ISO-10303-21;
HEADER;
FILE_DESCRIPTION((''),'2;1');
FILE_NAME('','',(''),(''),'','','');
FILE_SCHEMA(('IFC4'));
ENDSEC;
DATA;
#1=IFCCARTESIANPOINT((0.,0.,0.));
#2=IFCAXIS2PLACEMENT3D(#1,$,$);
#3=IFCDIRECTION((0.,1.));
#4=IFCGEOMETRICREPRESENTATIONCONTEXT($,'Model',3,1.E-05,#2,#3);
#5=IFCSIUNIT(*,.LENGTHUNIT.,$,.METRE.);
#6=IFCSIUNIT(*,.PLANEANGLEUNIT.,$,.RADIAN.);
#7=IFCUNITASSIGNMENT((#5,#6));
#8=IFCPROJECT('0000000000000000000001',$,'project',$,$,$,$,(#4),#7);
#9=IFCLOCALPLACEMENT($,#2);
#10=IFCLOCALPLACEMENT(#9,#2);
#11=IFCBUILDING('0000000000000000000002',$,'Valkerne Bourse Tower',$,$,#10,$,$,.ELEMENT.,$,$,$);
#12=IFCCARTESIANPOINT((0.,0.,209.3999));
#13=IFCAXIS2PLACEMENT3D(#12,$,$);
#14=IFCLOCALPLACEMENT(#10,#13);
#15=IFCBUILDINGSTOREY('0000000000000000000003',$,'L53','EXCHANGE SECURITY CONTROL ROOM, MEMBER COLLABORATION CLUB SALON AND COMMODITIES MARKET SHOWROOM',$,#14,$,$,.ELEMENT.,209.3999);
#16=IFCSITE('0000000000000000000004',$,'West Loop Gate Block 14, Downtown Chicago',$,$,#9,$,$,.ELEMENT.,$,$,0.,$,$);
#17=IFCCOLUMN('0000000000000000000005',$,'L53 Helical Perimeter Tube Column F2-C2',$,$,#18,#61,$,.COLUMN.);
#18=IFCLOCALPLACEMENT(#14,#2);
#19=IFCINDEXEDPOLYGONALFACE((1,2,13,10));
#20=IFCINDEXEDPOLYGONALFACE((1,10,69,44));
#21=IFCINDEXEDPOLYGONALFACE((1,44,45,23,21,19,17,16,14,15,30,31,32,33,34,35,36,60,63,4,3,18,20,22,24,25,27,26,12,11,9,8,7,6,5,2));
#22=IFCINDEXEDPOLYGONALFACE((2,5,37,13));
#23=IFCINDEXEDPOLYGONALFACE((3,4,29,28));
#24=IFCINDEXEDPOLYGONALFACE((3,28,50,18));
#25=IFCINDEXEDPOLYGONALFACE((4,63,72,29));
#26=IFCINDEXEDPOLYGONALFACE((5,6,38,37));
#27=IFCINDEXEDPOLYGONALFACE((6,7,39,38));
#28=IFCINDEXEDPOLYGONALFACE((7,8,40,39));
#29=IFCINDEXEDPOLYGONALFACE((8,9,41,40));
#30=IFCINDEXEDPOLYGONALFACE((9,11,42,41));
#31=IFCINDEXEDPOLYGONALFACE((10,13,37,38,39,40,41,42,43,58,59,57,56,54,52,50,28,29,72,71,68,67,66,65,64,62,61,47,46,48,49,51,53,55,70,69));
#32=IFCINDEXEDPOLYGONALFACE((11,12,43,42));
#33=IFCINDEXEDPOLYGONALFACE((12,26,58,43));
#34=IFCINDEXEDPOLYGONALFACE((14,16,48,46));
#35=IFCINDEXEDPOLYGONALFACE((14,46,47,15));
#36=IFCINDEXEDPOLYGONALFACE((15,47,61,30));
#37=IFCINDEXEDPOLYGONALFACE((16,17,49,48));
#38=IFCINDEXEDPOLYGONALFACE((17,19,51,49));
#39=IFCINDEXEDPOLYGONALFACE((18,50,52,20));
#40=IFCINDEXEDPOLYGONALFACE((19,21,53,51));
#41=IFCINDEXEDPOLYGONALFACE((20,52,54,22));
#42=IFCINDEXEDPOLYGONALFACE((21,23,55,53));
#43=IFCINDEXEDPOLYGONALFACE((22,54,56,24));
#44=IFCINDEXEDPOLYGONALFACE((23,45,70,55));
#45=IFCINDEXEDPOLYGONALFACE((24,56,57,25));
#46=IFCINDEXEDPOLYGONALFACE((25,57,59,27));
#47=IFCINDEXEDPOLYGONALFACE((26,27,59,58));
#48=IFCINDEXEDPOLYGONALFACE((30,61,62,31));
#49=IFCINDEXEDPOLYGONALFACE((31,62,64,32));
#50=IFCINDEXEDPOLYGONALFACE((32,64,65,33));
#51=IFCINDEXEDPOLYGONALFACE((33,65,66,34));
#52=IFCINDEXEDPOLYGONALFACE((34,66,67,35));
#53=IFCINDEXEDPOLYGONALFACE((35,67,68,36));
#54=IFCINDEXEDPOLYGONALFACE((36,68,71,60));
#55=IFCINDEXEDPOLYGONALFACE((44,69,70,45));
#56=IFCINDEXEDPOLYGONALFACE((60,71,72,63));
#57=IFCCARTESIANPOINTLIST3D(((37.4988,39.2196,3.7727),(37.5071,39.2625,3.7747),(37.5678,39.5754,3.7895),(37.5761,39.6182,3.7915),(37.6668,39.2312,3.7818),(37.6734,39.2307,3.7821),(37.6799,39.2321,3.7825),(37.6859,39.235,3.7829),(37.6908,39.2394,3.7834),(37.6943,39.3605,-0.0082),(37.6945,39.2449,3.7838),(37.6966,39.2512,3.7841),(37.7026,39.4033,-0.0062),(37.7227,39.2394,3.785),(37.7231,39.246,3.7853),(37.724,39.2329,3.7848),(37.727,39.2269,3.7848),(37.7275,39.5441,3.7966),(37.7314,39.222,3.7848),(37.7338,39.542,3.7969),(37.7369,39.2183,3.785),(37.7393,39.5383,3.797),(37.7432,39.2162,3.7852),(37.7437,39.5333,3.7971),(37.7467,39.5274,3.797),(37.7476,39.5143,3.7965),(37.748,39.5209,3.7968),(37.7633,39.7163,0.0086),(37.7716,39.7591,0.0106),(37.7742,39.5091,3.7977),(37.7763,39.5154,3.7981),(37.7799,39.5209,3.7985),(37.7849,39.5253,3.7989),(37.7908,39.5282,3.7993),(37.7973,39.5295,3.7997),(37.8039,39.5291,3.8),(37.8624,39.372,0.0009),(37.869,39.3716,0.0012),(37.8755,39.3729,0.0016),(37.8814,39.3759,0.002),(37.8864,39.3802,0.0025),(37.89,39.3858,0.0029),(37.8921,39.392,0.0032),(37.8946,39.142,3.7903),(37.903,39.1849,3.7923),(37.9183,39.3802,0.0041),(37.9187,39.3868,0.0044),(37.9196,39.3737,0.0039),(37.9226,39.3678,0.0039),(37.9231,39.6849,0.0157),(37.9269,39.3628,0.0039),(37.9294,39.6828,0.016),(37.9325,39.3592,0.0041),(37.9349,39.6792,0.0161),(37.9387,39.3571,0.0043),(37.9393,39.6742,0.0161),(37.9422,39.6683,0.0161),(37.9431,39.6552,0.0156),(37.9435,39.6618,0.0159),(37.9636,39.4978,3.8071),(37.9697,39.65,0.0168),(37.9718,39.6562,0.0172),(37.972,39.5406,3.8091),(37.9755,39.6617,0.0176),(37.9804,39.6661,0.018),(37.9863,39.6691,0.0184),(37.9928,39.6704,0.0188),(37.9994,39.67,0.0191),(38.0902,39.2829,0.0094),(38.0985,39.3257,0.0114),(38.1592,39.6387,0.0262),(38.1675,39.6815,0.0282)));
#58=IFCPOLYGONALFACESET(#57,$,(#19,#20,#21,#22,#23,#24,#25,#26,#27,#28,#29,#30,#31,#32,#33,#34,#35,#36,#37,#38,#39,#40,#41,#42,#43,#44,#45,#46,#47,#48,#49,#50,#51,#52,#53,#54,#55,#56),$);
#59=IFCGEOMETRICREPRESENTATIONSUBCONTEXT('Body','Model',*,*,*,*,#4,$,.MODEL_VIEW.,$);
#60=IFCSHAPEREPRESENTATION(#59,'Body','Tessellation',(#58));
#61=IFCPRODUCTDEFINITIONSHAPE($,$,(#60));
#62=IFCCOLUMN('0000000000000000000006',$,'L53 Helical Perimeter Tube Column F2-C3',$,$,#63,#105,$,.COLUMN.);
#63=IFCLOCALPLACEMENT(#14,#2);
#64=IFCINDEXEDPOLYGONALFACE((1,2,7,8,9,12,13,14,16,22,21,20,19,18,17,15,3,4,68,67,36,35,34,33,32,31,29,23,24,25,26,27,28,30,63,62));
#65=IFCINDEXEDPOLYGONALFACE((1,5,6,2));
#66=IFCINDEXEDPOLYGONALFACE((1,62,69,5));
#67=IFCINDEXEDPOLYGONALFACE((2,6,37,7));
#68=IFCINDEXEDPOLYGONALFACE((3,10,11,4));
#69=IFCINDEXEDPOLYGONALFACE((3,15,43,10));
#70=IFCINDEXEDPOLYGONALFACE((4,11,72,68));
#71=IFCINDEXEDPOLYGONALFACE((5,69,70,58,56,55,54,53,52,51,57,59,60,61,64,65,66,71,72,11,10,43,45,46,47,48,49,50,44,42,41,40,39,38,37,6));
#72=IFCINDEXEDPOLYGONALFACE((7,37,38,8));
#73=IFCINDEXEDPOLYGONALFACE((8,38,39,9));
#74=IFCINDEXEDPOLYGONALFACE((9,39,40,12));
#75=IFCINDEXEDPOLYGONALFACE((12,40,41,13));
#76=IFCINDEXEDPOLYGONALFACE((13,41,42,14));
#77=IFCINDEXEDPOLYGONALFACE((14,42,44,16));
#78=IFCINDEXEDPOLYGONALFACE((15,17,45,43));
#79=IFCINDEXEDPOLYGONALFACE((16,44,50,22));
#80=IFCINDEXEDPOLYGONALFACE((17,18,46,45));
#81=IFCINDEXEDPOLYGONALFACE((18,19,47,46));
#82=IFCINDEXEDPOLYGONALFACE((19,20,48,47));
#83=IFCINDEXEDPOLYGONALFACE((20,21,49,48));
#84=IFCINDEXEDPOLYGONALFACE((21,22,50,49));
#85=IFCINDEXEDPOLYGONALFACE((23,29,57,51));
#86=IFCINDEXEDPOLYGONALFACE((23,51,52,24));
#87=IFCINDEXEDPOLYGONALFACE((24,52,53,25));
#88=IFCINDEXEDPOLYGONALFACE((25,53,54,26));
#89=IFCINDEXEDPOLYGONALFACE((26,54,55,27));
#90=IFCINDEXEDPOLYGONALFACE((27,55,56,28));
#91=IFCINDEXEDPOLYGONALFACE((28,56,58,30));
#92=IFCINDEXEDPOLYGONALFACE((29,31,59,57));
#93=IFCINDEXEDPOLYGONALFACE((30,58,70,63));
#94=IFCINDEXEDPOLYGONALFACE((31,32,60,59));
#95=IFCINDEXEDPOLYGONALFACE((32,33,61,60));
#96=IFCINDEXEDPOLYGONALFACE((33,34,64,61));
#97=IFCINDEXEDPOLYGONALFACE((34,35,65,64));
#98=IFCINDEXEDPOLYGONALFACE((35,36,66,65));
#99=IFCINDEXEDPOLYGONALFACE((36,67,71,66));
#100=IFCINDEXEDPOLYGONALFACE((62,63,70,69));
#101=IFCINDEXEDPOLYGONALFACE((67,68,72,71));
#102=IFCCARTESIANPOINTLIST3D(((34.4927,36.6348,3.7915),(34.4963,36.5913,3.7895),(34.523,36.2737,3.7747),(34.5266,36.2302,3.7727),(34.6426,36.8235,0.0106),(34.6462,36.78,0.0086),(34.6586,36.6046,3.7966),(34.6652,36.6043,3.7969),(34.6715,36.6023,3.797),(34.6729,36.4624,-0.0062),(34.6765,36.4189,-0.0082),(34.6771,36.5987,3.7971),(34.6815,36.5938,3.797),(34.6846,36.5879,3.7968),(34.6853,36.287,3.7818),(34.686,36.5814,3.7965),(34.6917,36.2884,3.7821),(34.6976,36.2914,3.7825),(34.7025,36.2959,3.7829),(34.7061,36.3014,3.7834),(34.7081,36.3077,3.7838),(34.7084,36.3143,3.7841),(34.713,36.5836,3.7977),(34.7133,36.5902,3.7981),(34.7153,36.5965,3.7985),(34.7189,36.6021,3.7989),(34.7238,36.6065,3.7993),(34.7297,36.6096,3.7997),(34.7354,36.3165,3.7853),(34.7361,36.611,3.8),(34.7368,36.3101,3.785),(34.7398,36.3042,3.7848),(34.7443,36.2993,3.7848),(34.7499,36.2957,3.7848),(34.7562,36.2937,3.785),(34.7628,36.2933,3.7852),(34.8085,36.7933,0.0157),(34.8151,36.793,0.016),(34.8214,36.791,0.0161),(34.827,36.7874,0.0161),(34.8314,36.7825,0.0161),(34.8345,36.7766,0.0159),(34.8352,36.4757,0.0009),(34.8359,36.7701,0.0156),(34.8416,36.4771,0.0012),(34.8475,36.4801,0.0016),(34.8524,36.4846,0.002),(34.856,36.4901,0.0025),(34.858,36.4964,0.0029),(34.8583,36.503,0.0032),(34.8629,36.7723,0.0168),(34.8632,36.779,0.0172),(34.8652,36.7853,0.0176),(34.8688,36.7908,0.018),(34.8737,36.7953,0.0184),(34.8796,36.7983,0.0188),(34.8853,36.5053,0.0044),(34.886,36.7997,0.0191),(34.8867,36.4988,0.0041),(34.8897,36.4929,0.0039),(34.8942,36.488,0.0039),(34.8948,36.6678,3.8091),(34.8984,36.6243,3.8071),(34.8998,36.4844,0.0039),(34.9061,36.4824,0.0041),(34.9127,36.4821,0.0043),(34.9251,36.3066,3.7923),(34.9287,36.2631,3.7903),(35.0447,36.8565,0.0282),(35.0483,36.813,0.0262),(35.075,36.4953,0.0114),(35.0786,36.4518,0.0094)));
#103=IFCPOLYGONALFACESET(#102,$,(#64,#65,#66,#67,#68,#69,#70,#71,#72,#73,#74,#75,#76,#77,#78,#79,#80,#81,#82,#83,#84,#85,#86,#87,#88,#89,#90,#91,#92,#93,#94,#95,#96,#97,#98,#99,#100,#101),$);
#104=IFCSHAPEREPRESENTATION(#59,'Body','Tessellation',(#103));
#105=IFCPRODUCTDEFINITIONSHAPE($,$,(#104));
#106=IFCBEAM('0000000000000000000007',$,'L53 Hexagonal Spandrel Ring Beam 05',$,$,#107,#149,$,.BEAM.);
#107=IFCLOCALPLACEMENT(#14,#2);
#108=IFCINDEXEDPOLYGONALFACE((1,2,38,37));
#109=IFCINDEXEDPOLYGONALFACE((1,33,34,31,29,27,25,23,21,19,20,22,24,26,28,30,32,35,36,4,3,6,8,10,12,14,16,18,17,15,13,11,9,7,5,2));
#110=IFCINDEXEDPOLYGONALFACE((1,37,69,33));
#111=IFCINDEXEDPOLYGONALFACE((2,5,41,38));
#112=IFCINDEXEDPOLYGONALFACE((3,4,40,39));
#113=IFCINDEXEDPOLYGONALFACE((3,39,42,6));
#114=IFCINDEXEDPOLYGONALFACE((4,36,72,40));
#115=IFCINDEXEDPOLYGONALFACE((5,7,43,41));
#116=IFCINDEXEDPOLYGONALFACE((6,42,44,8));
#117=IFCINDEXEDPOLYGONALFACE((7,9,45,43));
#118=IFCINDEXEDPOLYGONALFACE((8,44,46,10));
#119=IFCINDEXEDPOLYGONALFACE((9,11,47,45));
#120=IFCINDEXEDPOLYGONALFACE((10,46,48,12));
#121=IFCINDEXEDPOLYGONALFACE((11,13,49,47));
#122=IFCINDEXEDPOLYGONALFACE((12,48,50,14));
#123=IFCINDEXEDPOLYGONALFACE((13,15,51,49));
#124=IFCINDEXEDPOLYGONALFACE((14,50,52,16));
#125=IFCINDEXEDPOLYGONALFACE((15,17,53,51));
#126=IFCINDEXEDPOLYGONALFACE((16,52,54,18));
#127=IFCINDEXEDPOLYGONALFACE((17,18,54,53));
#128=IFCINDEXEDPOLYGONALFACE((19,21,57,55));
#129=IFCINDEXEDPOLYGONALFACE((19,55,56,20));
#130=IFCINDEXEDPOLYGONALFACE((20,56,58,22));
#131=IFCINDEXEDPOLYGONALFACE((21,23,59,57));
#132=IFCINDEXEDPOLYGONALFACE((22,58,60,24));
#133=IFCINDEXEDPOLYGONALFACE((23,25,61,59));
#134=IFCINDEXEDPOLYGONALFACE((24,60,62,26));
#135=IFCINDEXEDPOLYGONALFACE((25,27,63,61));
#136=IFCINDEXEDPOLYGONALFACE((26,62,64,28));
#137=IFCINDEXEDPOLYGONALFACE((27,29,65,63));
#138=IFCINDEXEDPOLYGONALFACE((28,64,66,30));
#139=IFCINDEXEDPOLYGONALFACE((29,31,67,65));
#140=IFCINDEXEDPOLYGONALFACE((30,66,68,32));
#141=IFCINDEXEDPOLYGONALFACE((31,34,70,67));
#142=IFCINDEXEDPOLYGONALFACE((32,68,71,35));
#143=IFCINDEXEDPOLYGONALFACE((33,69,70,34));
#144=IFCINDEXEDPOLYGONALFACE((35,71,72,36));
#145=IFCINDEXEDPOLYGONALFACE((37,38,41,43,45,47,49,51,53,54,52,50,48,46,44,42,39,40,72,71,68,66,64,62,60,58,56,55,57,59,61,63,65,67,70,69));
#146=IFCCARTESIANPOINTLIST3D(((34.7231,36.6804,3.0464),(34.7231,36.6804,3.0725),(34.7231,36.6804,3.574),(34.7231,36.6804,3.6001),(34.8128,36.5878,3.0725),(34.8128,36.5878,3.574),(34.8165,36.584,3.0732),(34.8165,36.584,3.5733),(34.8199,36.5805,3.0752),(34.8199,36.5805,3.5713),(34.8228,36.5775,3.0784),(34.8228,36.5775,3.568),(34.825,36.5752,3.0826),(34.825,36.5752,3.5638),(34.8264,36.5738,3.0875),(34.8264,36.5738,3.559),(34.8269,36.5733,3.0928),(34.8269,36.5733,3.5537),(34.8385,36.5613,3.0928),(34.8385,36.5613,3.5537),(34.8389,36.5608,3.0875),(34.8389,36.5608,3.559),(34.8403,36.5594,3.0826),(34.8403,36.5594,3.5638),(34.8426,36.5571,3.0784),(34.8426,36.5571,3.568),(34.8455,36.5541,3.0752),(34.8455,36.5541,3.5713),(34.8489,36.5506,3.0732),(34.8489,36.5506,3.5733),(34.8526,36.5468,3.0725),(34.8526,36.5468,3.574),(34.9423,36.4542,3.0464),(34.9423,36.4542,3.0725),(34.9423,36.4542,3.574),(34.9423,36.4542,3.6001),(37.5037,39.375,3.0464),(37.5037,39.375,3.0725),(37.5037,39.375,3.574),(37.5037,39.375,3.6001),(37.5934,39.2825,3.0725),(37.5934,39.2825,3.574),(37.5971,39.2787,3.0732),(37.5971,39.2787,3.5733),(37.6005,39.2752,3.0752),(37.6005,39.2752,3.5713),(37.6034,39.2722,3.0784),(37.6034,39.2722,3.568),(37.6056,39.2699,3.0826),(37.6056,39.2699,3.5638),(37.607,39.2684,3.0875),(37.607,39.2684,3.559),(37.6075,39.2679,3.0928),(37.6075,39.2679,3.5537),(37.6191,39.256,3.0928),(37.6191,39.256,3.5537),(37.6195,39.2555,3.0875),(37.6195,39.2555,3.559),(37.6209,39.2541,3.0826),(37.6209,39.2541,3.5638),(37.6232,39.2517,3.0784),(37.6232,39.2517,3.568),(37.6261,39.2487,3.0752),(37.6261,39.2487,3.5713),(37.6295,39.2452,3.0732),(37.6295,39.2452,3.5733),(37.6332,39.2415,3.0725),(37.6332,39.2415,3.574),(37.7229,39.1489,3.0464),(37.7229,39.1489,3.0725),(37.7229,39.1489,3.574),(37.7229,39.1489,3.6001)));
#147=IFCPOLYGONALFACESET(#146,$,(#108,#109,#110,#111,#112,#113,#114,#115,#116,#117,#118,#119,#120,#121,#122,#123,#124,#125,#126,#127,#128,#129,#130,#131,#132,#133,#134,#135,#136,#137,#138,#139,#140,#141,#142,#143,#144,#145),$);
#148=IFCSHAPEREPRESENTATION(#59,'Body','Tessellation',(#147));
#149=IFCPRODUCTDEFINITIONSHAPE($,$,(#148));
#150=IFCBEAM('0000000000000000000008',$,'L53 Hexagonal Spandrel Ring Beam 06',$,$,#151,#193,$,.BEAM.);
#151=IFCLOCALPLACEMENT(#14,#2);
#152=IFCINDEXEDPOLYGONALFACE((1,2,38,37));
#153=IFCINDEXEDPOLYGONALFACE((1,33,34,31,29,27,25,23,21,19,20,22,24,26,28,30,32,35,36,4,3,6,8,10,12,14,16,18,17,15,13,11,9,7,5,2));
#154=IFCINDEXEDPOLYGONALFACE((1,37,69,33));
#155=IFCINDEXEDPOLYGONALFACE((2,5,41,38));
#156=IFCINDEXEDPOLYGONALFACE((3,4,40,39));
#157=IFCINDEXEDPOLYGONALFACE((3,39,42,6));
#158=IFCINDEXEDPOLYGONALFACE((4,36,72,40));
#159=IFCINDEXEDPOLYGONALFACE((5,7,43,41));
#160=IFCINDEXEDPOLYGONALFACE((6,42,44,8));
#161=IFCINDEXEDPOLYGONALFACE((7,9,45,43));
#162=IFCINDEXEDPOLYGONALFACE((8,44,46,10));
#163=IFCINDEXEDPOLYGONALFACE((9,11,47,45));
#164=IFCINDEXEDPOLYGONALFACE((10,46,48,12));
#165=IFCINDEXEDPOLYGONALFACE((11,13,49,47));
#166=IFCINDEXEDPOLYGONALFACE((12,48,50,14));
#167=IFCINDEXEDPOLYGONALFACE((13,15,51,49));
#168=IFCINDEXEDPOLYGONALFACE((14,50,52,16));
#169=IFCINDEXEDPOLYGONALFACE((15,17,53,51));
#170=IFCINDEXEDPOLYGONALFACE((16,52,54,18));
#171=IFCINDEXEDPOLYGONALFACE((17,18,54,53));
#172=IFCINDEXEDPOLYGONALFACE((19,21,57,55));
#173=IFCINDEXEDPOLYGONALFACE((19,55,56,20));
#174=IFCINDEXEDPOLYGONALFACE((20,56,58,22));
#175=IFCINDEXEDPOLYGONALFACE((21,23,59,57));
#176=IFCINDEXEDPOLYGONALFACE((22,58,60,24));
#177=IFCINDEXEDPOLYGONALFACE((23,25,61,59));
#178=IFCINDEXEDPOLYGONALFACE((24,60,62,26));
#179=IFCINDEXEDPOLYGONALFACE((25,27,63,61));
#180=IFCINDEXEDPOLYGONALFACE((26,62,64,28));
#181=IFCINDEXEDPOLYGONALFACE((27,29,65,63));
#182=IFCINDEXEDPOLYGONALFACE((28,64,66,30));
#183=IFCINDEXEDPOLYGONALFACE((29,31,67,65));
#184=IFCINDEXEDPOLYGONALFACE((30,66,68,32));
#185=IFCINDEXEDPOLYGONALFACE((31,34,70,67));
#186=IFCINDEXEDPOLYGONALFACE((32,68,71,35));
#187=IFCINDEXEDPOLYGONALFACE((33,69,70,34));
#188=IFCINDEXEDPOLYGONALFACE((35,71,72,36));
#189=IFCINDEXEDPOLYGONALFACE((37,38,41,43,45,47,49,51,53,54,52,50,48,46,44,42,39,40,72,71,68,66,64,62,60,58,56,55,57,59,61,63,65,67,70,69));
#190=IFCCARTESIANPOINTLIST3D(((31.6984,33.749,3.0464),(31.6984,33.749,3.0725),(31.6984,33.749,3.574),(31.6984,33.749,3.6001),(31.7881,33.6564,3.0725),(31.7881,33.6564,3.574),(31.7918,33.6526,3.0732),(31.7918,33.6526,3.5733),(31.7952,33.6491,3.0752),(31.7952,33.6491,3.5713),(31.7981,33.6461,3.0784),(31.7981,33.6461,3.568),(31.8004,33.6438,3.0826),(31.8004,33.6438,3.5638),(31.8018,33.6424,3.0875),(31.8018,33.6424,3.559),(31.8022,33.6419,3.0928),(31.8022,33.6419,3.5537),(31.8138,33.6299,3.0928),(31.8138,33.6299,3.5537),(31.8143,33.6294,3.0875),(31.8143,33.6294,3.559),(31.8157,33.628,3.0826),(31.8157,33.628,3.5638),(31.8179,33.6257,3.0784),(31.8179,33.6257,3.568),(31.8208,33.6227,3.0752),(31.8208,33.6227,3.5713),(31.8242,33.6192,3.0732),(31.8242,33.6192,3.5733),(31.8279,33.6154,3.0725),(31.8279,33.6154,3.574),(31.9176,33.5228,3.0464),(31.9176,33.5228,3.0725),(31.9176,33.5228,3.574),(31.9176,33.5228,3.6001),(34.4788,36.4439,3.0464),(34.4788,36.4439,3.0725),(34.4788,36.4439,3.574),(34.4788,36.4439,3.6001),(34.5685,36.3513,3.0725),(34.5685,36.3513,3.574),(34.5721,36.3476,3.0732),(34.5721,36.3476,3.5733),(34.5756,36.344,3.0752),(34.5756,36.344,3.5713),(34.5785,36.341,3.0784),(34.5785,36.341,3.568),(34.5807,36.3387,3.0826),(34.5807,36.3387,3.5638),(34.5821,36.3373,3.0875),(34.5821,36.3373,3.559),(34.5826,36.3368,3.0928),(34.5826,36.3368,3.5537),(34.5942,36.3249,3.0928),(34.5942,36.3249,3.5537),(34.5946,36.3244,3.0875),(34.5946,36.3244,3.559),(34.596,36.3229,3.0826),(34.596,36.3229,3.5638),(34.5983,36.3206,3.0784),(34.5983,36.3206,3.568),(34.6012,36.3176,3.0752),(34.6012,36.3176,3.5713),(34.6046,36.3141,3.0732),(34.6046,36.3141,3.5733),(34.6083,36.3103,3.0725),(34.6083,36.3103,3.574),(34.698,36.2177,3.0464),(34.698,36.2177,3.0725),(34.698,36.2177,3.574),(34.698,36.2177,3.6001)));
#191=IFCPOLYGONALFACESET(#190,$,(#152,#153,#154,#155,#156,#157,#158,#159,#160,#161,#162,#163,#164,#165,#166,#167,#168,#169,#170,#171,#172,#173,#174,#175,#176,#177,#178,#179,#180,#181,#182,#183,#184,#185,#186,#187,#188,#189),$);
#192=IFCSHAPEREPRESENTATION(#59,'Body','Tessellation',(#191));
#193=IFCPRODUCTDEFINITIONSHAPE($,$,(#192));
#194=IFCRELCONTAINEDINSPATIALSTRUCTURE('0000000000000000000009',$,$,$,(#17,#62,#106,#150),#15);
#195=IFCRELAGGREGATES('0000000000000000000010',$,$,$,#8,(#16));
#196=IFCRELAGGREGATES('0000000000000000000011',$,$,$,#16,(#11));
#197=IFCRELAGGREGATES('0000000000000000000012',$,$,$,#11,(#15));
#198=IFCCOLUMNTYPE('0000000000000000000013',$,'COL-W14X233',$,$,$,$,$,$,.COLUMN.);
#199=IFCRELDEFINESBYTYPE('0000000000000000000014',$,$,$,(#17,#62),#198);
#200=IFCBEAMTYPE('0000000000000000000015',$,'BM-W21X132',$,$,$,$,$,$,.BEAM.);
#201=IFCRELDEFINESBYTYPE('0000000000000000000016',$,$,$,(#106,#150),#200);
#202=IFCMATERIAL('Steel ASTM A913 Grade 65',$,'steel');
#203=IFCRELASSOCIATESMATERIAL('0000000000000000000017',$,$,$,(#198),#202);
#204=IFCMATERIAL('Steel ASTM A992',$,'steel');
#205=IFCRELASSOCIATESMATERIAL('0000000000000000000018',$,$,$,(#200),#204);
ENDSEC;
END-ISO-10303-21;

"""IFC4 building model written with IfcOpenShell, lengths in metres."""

from ifc_helpers import new_model, si_unit, direction, frame, origin, origin_2d, place, context, subcontext, project, spatial, i_section, extrude, material, material_profile, profile_set, type_object, element, save


model = new_model("IFC4")

# Units and contexts
model_context = context("Model", 3, precision=1e-05, world=origin(), true_north=direction((0.0, 1.0)))
body_context = subcontext(model_context, "Body", "Model", "MODEL_VIEW")
ifc_project = project(units=[si_unit("LENGTHUNIT", "METRE"), si_unit("PLANEANGLEUNIT", "RADIAN")], contexts=[model_context])

# Site, building, storey
site_placement = place(None, origin())
site = spatial("IfcSite", under=ifc_project, at=site_placement, Name="West Loop Gate Block 14, Downtown Chicago", CompositionType="ELEMENT", RefElevation=0.0)
building_placement = place(site_placement, origin())
building = spatial("IfcBuilding", under=site, at=building_placement, Name="Valkerne Bourse Tower", CompositionType="ELEMENT")
storey_placement = place(building_placement, frame((0.0, 0.0, 209.3999)))
storey = spatial("IfcBuildingStorey", under=building, at=storey_placement, Name="L53", Description="EXCHANGE SECURITY CONTROL ROOM, MEMBER COLLABORATION CLUB SALON AND COMMODITIES MARKET SHOWROOM", CompositionType="ELEMENT", Elevation=209.3999)

# Columns
ifc_material_1 = material(Name="Steel ASTM A913 Grade 65", Category="steel")
ifc_material_profile_1 = material_profile(ifc_material_1, i_section(OverallWidth=0.4038, OverallDepth=0.4065, WebThickness=0.0271, FlangeThickness=0.0437, FilletRadius=0.0254, at=origin_2d()), Name="W14X233")
ifc_profile_set_1 = profile_set([ifc_material_profile_1], Name="Steel ASTM A913 Grade 65")
column_type = type_object("IfcColumnType", Name="COL-W14X233", PredefinedType="COLUMN", material=ifc_profile_set_1)
for number, where, z_axis, x_axis, name in (
    (1, (37.9309, 39.521, 0.01), (-0.051616, -0.037182, 0.997975), (-0.980392, 0.192183, -0.043546), "L53 Helical Perimeter Tube Column F2-C2"),
    (2, (34.8606, 36.6377, 0.01), (-0.039566, -0.049812, 0.997975), (-0.995718, -0.081542, -0.043546), "L53 Helical Perimeter Tube Column F2-C3"),
):
    element("IfcColumn", number, at=place(storey_placement, frame(where, z_axis=z_axis, x_axis=x_axis)), inside=storey, type_object=column_type, Name=name, PredefinedType="COLUMN", context=body_context, shape_type="SweptSolid", body=[
        extrude(i_section(OverallWidth=0.4038, OverallDepth=0.4065, WebThickness=0.0271, FlangeThickness=0.0437, FilletRadius=0.0254, at=origin_2d()), origin(), (0.0, 0.0, 1.0), 3.7886),
    ])

# Beams
ifc_material_2 = material(Name="Steel ASTM A992", Category="steel")
ifc_material_profile_2 = material_profile(ifc_material_2, i_section(OverallWidth=0.3149, OverallDepth=0.5537, WebThickness=0.0166, FlangeThickness=0.0261, FilletRadius=0.0203, at=origin_2d()), Name="W21X132")
ifc_profile_set_2 = profile_set([ifc_material_profile_2], Name="Steel ASTM A992")
beam_type_1 = type_object("IfcBeamType", Name="BM-W21X132", PredefinedType="BEAM", material=ifc_profile_set_2)
for number, where, z_axis, x_axis, name in (
    (3, (37.6133, 39.262, 3.3232), (-0.718117, -0.695922, 0.0), (0.695922, -0.718117, 0.0), "L53 Hexagonal Spandrel Ring Beam 05"),
    (4, (34.5884, 36.3308, 3.3232), (-0.718055, -0.695986, 0.0), (0.695986, -0.718055, 0.0), "L53 Hexagonal Spandrel Ring Beam 06"),
):
    element("IfcBeam", number, at=place(storey_placement, frame(where, z_axis=z_axis, x_axis=x_axis)), inside=storey, type_object=beam_type_1, Name=name, PredefinedType="BEAM", context=body_context, shape_type="SweptSolid", body=[
        extrude(i_section(OverallWidth=0.3149, OverallDepth=0.5537, WebThickness=0.0166, FlangeThickness=0.0261, FilletRadius=0.0203, at=origin_2d()), origin(), (0.0, 0.0, 1.0), 3.8721),
    ])

save(model, "model.ifc")
